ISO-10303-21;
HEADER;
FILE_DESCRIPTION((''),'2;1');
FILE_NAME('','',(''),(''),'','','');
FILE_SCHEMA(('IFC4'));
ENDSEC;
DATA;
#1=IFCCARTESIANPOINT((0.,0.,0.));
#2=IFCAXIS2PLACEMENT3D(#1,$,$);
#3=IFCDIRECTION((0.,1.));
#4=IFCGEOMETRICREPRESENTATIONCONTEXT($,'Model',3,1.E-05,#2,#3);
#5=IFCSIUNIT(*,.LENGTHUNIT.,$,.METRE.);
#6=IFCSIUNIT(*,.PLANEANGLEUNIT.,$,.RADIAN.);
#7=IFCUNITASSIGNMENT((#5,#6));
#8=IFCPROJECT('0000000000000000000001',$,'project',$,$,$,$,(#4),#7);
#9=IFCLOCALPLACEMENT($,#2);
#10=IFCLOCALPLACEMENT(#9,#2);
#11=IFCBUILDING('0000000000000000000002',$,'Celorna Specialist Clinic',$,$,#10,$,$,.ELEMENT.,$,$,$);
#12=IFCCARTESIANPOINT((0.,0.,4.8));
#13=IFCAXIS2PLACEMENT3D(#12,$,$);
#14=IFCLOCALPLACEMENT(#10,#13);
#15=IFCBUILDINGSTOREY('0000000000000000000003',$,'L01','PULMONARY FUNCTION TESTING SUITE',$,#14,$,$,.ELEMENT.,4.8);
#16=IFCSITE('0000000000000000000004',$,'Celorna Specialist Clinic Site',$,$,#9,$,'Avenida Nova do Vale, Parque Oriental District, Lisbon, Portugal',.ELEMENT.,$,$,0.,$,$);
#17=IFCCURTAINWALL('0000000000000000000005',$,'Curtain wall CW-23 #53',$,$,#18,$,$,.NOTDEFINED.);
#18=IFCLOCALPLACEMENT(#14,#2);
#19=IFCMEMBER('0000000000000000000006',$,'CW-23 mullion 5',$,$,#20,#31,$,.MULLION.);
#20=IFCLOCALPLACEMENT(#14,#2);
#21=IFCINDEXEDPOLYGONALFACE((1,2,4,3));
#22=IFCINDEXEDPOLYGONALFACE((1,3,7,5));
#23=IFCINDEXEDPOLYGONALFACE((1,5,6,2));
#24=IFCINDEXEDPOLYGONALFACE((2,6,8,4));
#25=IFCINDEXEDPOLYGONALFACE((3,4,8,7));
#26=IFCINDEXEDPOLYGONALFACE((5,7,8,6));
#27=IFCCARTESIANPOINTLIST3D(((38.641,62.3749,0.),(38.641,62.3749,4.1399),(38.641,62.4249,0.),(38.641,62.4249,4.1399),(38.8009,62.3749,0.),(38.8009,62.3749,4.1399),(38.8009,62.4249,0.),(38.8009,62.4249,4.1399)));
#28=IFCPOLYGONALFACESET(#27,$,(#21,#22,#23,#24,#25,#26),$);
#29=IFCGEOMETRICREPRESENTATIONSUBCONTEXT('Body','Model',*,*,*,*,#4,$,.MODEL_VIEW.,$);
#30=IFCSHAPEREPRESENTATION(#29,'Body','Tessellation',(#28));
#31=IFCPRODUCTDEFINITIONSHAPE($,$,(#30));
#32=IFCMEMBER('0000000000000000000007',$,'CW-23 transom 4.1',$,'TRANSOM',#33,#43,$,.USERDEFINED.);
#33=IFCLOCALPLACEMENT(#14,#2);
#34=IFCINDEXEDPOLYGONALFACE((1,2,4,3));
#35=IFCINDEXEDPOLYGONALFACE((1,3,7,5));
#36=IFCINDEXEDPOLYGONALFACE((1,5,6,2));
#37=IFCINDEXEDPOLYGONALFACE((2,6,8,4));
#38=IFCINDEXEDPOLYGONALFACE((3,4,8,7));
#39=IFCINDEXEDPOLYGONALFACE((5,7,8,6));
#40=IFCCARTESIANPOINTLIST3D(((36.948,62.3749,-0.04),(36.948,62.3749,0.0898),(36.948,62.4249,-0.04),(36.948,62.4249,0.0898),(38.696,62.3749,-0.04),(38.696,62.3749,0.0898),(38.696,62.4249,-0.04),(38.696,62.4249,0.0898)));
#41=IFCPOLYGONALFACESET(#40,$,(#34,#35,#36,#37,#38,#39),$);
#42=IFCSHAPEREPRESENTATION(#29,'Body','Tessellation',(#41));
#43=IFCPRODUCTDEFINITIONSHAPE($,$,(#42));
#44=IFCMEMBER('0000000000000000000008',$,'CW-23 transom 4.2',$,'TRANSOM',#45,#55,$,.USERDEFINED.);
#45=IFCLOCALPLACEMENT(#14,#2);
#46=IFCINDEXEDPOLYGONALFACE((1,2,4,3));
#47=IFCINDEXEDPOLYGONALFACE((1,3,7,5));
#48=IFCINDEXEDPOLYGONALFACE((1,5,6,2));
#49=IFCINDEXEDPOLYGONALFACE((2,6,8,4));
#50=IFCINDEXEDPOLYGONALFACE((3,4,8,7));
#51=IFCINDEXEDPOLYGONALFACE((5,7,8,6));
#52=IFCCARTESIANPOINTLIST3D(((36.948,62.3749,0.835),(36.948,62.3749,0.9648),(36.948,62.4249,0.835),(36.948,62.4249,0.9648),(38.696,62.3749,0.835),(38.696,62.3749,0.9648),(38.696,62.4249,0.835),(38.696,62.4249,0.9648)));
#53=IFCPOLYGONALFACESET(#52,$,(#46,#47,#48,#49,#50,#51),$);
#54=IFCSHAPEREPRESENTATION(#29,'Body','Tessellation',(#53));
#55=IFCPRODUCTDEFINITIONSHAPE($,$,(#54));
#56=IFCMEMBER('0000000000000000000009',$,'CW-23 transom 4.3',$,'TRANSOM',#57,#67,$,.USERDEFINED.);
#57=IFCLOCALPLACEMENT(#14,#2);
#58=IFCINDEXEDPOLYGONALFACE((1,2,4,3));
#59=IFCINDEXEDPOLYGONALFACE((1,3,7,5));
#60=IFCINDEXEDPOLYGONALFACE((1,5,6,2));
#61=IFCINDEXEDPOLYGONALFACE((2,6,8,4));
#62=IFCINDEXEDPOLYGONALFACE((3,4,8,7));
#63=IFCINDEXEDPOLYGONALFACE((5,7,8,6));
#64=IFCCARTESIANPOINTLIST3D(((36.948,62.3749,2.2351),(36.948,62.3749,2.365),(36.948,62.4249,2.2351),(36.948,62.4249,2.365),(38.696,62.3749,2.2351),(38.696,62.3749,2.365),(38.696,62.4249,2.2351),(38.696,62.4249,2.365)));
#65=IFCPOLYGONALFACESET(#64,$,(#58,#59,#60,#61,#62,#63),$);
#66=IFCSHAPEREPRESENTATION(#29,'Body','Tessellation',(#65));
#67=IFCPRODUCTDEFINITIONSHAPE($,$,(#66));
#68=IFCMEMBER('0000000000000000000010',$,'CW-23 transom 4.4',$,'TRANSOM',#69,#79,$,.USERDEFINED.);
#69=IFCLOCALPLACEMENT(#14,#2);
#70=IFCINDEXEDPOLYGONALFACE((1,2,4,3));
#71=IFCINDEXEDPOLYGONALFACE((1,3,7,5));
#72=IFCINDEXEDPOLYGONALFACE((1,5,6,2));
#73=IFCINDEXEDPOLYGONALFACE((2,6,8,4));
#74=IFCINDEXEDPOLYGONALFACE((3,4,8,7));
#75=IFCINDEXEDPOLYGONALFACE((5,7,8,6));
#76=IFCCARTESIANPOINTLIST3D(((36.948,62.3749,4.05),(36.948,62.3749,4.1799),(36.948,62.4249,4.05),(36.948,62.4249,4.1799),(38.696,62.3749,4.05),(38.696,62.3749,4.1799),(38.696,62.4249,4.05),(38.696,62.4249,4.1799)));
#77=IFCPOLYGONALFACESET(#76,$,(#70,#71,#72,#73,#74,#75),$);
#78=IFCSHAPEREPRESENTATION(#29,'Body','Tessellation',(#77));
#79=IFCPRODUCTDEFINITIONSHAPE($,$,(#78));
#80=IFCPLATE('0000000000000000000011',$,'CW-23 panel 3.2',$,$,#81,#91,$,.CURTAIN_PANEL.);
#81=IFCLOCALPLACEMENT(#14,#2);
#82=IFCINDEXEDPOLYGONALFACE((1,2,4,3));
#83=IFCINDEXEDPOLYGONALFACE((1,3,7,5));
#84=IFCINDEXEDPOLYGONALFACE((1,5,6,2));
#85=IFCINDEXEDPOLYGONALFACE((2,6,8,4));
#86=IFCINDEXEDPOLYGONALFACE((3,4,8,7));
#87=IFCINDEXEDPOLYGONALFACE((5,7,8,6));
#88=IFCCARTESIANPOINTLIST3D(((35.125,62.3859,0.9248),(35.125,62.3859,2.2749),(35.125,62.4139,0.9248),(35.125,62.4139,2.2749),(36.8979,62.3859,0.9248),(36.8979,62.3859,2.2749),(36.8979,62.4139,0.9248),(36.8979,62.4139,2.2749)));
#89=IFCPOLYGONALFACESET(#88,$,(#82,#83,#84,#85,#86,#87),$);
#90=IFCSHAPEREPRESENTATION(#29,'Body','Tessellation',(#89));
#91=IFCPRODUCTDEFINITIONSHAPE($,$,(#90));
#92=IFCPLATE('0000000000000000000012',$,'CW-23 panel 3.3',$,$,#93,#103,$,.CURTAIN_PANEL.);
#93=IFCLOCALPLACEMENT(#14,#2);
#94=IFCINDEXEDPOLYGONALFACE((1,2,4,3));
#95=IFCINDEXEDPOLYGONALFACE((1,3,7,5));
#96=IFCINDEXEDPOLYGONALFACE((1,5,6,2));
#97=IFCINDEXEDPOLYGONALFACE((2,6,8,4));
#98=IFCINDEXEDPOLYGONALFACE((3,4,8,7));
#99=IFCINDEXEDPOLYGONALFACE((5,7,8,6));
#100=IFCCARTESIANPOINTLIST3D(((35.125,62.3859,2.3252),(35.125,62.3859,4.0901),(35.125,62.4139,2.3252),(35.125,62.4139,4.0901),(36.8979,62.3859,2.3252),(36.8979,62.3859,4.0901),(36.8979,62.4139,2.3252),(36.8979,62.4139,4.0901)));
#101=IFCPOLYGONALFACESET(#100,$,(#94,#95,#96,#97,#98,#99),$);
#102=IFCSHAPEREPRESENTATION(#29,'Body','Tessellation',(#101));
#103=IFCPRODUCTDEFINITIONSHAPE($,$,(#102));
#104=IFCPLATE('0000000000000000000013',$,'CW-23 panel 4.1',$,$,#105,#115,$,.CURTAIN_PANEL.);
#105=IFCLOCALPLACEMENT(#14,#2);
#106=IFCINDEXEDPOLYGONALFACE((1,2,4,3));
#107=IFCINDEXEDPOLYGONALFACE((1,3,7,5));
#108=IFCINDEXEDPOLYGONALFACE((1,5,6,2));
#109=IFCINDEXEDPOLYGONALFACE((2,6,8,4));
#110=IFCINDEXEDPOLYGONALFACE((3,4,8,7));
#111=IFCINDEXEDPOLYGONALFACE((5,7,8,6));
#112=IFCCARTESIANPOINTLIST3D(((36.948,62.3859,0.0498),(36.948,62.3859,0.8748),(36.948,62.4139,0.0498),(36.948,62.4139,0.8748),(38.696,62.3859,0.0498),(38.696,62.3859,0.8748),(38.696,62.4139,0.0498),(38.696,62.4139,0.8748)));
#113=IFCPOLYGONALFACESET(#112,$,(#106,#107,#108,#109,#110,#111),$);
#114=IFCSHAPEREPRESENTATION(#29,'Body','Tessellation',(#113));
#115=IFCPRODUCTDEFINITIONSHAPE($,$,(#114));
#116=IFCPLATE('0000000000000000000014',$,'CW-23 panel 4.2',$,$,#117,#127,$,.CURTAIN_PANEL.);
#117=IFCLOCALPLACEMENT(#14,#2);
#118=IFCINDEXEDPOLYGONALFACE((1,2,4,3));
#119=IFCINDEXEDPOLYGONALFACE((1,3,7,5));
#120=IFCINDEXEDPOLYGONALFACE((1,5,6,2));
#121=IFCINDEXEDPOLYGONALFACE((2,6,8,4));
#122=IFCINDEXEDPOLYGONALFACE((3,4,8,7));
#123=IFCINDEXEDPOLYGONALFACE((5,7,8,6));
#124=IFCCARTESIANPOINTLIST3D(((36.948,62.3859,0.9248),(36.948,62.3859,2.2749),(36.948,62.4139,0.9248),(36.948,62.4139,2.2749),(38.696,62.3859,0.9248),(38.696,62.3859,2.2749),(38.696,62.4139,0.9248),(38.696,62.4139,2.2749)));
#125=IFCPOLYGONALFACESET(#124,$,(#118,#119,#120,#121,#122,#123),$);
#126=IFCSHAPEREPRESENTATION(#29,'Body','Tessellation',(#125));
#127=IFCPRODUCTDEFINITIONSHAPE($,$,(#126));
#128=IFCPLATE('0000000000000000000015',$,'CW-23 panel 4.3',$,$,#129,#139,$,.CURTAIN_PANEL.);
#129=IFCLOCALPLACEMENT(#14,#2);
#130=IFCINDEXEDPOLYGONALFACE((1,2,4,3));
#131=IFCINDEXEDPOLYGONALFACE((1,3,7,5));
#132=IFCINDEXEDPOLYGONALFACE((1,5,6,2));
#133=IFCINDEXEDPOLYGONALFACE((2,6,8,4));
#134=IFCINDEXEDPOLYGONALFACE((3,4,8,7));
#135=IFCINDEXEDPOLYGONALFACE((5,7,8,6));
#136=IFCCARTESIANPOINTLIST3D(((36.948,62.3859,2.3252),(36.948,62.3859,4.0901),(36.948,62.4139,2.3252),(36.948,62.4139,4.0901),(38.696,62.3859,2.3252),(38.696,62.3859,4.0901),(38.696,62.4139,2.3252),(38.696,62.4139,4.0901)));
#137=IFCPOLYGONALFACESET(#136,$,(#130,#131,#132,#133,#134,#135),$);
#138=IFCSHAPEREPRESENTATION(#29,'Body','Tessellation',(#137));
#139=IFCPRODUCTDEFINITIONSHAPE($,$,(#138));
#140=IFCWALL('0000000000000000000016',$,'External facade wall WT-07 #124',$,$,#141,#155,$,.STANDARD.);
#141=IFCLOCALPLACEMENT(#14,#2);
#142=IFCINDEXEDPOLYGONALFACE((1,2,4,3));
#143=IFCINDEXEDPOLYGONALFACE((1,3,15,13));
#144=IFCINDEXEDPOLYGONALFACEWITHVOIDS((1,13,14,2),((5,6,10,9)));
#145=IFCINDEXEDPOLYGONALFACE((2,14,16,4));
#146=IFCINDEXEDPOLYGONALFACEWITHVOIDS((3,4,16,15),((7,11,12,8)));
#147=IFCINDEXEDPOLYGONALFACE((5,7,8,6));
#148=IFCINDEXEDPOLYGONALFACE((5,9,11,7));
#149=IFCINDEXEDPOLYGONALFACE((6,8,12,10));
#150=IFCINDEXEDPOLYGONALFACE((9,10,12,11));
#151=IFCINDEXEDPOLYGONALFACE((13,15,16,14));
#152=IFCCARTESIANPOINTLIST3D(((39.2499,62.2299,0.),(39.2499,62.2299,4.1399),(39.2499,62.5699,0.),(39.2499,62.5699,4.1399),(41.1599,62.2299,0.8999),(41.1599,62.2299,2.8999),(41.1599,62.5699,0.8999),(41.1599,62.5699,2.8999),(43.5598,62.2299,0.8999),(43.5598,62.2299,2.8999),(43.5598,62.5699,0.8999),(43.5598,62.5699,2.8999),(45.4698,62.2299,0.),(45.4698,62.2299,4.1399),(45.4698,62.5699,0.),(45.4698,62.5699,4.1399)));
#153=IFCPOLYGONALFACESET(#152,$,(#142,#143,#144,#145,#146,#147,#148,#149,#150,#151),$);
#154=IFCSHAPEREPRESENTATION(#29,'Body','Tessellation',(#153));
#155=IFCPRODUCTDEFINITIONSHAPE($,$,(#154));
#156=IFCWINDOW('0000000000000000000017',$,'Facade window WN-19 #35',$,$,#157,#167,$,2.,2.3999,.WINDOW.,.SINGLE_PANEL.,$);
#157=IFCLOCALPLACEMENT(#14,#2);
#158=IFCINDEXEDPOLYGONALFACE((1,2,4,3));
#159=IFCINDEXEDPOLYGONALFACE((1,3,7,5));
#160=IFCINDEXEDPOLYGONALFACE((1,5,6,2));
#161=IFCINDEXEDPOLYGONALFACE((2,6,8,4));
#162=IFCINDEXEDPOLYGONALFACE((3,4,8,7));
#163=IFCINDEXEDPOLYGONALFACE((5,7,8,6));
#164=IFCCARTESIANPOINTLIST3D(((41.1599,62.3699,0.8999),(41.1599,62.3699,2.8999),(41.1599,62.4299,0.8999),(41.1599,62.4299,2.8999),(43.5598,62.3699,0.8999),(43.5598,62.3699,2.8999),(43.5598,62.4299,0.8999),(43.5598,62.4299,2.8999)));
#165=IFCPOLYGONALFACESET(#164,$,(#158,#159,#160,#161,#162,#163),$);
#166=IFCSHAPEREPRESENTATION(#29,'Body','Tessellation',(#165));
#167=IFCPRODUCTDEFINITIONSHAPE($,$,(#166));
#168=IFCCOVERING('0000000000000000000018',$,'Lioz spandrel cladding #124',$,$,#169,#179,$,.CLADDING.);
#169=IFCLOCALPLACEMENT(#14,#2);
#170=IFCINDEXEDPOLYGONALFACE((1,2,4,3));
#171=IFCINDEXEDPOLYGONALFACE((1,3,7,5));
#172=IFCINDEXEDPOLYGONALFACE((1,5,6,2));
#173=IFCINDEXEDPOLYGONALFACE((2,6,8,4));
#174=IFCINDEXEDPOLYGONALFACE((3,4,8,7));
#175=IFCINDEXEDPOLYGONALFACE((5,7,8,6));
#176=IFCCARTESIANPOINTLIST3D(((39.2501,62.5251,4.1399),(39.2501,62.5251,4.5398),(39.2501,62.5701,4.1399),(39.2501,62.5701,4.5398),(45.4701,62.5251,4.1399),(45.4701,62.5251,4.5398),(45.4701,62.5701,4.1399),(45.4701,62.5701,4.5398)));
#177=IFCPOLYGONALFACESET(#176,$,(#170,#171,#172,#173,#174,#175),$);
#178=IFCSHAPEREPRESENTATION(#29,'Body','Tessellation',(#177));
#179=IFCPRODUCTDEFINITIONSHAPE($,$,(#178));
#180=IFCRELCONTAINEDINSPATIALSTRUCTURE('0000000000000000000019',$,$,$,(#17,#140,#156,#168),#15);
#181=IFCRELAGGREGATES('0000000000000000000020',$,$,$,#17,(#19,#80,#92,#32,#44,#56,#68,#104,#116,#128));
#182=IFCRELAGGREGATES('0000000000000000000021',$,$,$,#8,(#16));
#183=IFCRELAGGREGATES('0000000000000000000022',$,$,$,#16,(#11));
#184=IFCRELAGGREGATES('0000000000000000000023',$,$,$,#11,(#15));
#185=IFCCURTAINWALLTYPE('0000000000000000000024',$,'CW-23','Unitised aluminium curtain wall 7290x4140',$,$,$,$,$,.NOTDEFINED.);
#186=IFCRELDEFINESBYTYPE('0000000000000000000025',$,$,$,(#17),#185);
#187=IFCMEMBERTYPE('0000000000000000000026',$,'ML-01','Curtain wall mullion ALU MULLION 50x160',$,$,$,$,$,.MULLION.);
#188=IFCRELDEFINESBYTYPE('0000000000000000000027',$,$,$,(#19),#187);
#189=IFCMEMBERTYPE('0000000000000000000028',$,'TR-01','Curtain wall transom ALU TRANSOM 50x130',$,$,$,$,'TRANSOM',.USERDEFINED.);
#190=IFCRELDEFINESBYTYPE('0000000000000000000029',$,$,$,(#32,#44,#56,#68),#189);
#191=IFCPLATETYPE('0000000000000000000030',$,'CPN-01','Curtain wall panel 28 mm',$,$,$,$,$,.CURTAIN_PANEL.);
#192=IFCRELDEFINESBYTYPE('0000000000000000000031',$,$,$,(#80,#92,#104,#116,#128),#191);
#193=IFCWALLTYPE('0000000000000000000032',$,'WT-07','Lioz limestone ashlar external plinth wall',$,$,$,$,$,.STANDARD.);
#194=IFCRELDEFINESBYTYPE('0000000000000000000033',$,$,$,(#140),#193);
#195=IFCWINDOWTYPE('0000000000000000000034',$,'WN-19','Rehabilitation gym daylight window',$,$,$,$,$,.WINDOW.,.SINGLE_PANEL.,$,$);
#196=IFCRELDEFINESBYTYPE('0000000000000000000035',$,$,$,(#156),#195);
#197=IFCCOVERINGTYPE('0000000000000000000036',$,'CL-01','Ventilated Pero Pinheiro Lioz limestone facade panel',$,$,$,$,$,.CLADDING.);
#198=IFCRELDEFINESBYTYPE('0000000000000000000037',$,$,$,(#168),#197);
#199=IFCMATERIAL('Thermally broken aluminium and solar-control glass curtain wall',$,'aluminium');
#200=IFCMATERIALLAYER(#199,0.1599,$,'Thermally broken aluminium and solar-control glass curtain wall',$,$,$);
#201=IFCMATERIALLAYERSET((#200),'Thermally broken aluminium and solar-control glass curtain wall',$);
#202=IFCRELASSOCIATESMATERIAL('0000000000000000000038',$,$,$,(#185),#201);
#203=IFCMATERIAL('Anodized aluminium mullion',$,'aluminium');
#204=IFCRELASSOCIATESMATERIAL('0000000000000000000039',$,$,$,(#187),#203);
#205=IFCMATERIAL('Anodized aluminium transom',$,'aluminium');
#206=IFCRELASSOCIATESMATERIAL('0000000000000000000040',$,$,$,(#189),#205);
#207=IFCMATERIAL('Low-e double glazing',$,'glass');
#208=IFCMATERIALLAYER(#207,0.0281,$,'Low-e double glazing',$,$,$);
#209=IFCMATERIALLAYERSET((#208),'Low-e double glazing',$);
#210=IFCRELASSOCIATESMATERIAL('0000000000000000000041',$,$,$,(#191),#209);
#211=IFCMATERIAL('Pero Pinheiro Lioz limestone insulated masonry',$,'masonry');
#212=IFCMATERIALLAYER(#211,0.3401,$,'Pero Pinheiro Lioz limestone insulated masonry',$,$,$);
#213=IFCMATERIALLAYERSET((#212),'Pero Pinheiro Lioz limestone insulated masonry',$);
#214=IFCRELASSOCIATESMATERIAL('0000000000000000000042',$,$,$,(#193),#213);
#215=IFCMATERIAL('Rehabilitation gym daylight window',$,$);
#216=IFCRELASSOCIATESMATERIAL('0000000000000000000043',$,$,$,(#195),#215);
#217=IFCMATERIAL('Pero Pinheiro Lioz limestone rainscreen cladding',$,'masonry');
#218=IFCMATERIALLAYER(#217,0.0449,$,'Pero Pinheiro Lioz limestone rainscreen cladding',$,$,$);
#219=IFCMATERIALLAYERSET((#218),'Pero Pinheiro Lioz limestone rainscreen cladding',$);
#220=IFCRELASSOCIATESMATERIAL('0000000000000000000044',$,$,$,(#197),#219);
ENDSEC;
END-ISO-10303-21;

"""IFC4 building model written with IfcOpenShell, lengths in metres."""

from ifc_helpers import new_model, si_unit, direction, frame, frame_2d, origin, origin_2d, place, context, subcontext, project, spatial, rectangle, extrude, material, layer, layer_set, material_profile, profile_set, type_object, element, fill, aggregate, save


model = new_model("IFC4")

# Units and contexts
model_context = context("Model", 3, precision=1e-05, world=origin(), true_north=direction((0.0, 1.0)))
body_context = subcontext(model_context, "Body", "Model", "MODEL_VIEW")
ifc_project = project(units=[si_unit("LENGTHUNIT", "METRE"), si_unit("PLANEANGLEUNIT", "RADIAN")], contexts=[model_context])

# Site, building, storey
site_placement = place(None, origin())
site = spatial("IfcSite", under=ifc_project, at=site_placement, Name="Celorna Specialist Clinic Site", LongName="Avenida Nova do Vale, Parque Oriental District, Lisbon, Portugal", CompositionType="ELEMENT", RefElevation=0.0)
building_placement = place(site_placement, origin())
building = spatial("IfcBuilding", under=site, at=building_placement, Name="Celorna Specialist Clinic", CompositionType="ELEMENT")
storey_placement = place(building_placement, frame((0.0, 0.0, 4.8)))
storey = spatial("IfcBuildingStorey", under=building, at=storey_placement, Name="L01", Description="PULMONARY FUNCTION TESTING SUITE", CompositionType="ELEMENT", Elevation=4.8)

# Curtain wall, members, plates
ifc_material_1 = material(Name="Thermally broken aluminium and solar-control glass curtain wall", Category="aluminium")
ifc_layer_1 = layer(ifc_material_1, 0.1599, Name="Thermally broken aluminium and solar-control glass curtain wall")
ifc_layer_set_1 = layer_set([ifc_layer_1], Name="Thermally broken aluminium and solar-control glass curtain wall")
curtain_wall_type = type_object("IfcCurtainWallType", Name="CW-23", Description="Unitised aluminium curtain wall 7290x4140", PredefinedType="NOTDEFINED", material=ifc_layer_set_1)
curtain_wall_placement = place(storey_placement, origin())
curtain_wall = element("IfcCurtainWall", 1, at=curtain_wall_placement, inside=storey, type_object=curtain_wall_type, Name="Curtain wall CW-23 #53", PredefinedType="NOTDEFINED")
ifc_material_2 = material(Name="Anodized aluminium mullion", Category="aluminium")
ifc_material_profile_1 = material_profile(ifc_material_2, rectangle(XDim=0.05, YDim=0.1599, at=origin_2d()), Name="ALU MULLION 50x160")
ifc_profile_set_1 = profile_set([ifc_material_profile_1], Name="Anodized aluminium mullion")
member_type_1 = type_object("IfcMemberType", Name="ML-01", Description="Curtain wall mullion ALU MULLION 50x160", PredefinedType="MULLION", material=ifc_profile_set_1)
member_1_placement = place(storey_placement, frame((38.7209, 62.3999, 0.0), z_axis=(0.0, 0.0, 1.0), x_axis=(0.0, 1.0, 0.0)))
member_1 = element("IfcMember", 2, at=member_1_placement, type_object=member_type_1, Name="CW-23 mullion 5", PredefinedType="MULLION", context=body_context, shape_type="SweptSolid", body=[
    extrude(rectangle(XDim=0.05, YDim=0.1599, at=origin_2d()), origin(), (0.0, 0.0, 1.0), 4.1399),
])
ifc_material_3 = material(Name="Anodized aluminium transom", Category="aluminium")
ifc_material_profile_2 = material_profile(ifc_material_3, rectangle(XDim=0.05, YDim=0.1299, at=origin_2d()), Name="ALU TRANSOM 50x130")
ifc_profile_set_2 = profile_set([ifc_material_profile_2], Name="Anodized aluminium transom")
member_type_2 = type_object("IfcMemberType", Name="TR-01", Description="Curtain wall transom ALU TRANSOM 50x130", ElementType="TRANSOM", PredefinedType="USERDEFINED", material=ifc_profile_set_2)
member_2_placement = place(storey_placement, frame((36.948, 62.3999, 0.0249), z_axis=(1.0, 0.0, 0.0), x_axis=(0.0, 1.0, 0.0)))
member_2 = element("IfcMember", 3, at=member_2_placement, type_object=member_type_2, Name="CW-23 transom 4.1", ObjectType="TRANSOM", PredefinedType="USERDEFINED", context=body_context, shape_type="SweptSolid", body=[
    extrude(rectangle(XDim=0.05, YDim=0.1299, at=origin_2d()), origin(), (0.0, 0.0, 1.0), 1.748),
])
member_3_placement = place(storey_placement, frame((36.948, 62.3999, 0.8999), z_axis=(1.0, 0.0, 0.0), x_axis=(0.0, 1.0, 0.0)))
member_3 = element("IfcMember", 4, at=member_3_placement, type_object=member_type_2, Name="CW-23 transom 4.2", ObjectType="TRANSOM", PredefinedType="USERDEFINED", context=body_context, shape_type="SweptSolid", body=[
    extrude(rectangle(XDim=0.05, YDim=0.1299, at=origin_2d()), origin(), (0.0, 0.0, 1.0), 1.748),
])
member_4_placement = place(storey_placement, frame((36.948, 62.3999, 2.3), z_axis=(1.0, 0.0, 0.0), x_axis=(0.0, 1.0, 0.0)))
member_4 = element("IfcMember", 5, at=member_4_placement, type_object=member_type_2, Name="CW-23 transom 4.3", ObjectType="TRANSOM", PredefinedType="USERDEFINED", context=body_context, shape_type="SweptSolid", body=[
    extrude(rectangle(XDim=0.05, YDim=0.1299, at=origin_2d()), origin(), (0.0, 0.0, 1.0), 1.748),
])
member_5_placement = place(storey_placement, frame((36.948, 62.3999, 4.115), z_axis=(1.0, 0.0, 0.0), x_axis=(0.0, 1.0, 0.0)))
member_5 = element("IfcMember", 6, at=member_5_placement, type_object=member_type_2, Name="CW-23 transom 4.4", ObjectType="TRANSOM", PredefinedType="USERDEFINED", context=body_context, shape_type="SweptSolid", body=[
    extrude(rectangle(XDim=0.05, YDim=0.1299, at=origin_2d()), origin(), (0.0, 0.0, 1.0), 1.748),
])
ifc_material_4 = material(Name="Low-e double glazing", Category="glass")
ifc_layer_2 = layer(ifc_material_4, 0.0281, Name="Low-e double glazing")
ifc_layer_set_2 = layer_set([ifc_layer_2], Name="Low-e double glazing")
plate_type = type_object("IfcPlateType", Name="CPN-01", Description="Curtain wall panel 28 mm", PredefinedType="CURTAIN_PANEL", material=ifc_layer_set_2)
plate_1_placement = place(storey_placement, frame((36.0115, 62.3999, 0.9248), z_axis=(0.0, 0.0, 1.0), x_axis=(1.0, 0.0, 0.0)))
plate_1 = element("IfcPlate", 7, at=plate_1_placement, type_object=plate_type, Name="CW-23 panel 3.2", PredefinedType="CURTAIN_PANEL", context=body_context, shape_type="SweptSolid", body=[
    extrude(rectangle(XDim=1.7729, YDim=0.0281, at=origin_2d()), origin(), (0.0, 0.0, 1.0), 1.3501),
])
plate_2_placement = place(storey_placement, frame((36.0115, 62.3999, 2.3252), z_axis=(0.0, 0.0, 1.0), x_axis=(1.0, 0.0, 0.0)))
plate_2 = element("IfcPlate", 8, at=plate_2_placement, type_object=plate_type, Name="CW-23 panel 3.3", PredefinedType="CURTAIN_PANEL", context=body_context, shape_type="SweptSolid", body=[
    extrude(rectangle(XDim=1.7729, YDim=0.0281, at=origin_2d()), origin(), (0.0, 0.0, 1.0), 1.7649),
])
plate_3_placement = place(storey_placement, frame((37.822, 62.3999, 0.0498), z_axis=(0.0, 0.0, 1.0), x_axis=(1.0, 0.0, 0.0)))
plate_3 = element("IfcPlate", 9, at=plate_3_placement, type_object=plate_type, Name="CW-23 panel 4.1", PredefinedType="CURTAIN_PANEL", context=body_context, shape_type="SweptSolid", body=[
    extrude(rectangle(XDim=1.748, YDim=0.0281, at=origin_2d()), origin(), (0.0, 0.0, 1.0), 0.825),
])
plate_4_placement = place(storey_placement, frame((37.822, 62.3999, 0.9248), z_axis=(0.0, 0.0, 1.0), x_axis=(1.0, 0.0, 0.0)))
plate_4 = element("IfcPlate", 10, at=plate_4_placement, type_object=plate_type, Name="CW-23 panel 4.2", PredefinedType="CURTAIN_PANEL", context=body_context, shape_type="SweptSolid", body=[
    extrude(rectangle(XDim=1.748, YDim=0.0281, at=origin_2d()), origin(), (0.0, 0.0, 1.0), 1.3501),
])
plate_5_placement = place(storey_placement, frame((37.822, 62.3999, 2.3252), z_axis=(0.0, 0.0, 1.0), x_axis=(1.0, 0.0, 0.0)))
plate_5 = element("IfcPlate", 11, at=plate_5_placement, type_object=plate_type, Name="CW-23 panel 4.3", PredefinedType="CURTAIN_PANEL", context=body_context, shape_type="SweptSolid", body=[
    extrude(rectangle(XDim=1.748, YDim=0.0281, at=origin_2d()), origin(), (0.0, 0.0, 1.0), 1.7649),
])
aggregate(curtain_wall, [member_1, plate_1, plate_2, member_2, member_3, member_4, member_5, plate_3, plate_4, plate_5])

# Wall, opening, window
ifc_material_5 = material(Name="Pero Pinheiro Lioz limestone insulated masonry", Category="masonry")
ifc_layer_3 = layer(ifc_material_5, 0.3401, Name="Pero Pinheiro Lioz limestone insulated masonry")
ifc_layer_set_3 = layer_set([ifc_layer_3], Name="Pero Pinheiro Lioz limestone insulated masonry")
wall_type = type_object("IfcWallType", Name="WT-07", Description="Lioz limestone ashlar external plinth wall", PredefinedType="STANDARD", material=ifc_layer_set_3)
wall_placement = place(storey_placement, frame((39.25, 62.3999, 0.0), z_axis=(0.0, 0.0, 1.0), x_axis=(1.0, 0.0, 0.0)))
wall = element("IfcWall", 12, at=wall_placement, inside=storey, type_object=wall_type, Name="External facade wall WT-07 #124", PredefinedType="STANDARD", context=body_context, shape_type="SweptSolid", body=[
    extrude(rectangle(XDim=6.22, YDim=0.3401, at=frame_2d((3.1099, 0.0))), origin(), (0.0, 0.0, 1.0), 4.1399),
])
opening_placement = place(wall_placement, frame((1.9099, 0.0, 0.8999)))
opening = element("IfcOpeningElement", 13, at=opening_placement, cuts=wall, PredefinedType="OPENING", context=body_context, shape_type="SweptSolid", body=[
    extrude(rectangle(XDim=2.3999, YDim=2.0, at=frame_2d((1.2, 1.0))), frame((0.0, 0.1799, 0.0), z_axis=(0.0, -1.0, 0.0), x_axis=(1.0, 0.0, 0.0)), (0.0, 0.0, 1.0), 0.3601),
])
ifc_material_6 = material(Name="Rehabilitation gym daylight window")
window_type = type_object("IfcWindowType", Name="WN-19", Description="Rehabilitation gym daylight window", PartitioningType="SINGLE_PANEL", PredefinedType="WINDOW", material=ifc_material_6)
window_placement = place(opening_placement, origin())
window = element("IfcWindow", 14, at=window_placement, inside=storey, type_object=window_type, Name="Facade window WN-19 #35", OverallHeight=2.0, OverallWidth=2.3999, PartitioningType="SINGLE_PANEL", PredefinedType="WINDOW", context=body_context, shape_type="SweptSolid", body=[
    extrude(rectangle(XDim=2.3999, YDim=2.0, at=frame_2d((1.2, 1.0))), frame((0.0, 0.03, 0.0), z_axis=(0.0, -1.0, 0.0), x_axis=(1.0, 0.0, 0.0)), (0.0, 0.0, 1.0), 0.0601),
])
fill(opening, window)

# Covering
ifc_material_7 = material(Name="Pero Pinheiro Lioz limestone rainscreen cladding", Category="masonry")
ifc_layer_4 = layer(ifc_material_7, 0.0449, Name="Pero Pinheiro Lioz limestone rainscreen cladding")
ifc_layer_set_4 = layer_set([ifc_layer_4], Name="Pero Pinheiro Lioz limestone rainscreen cladding")
covering_type_1 = type_object("IfcCoveringType", Name="CL-01", Description="Ventilated Pero Pinheiro Lioz limestone facade panel", PredefinedType="CLADDING", material=ifc_layer_set_4)
covering_1_placement = place(storey_placement, frame((42.3601, 62.5476, 4.1399), z_axis=(0.0, 0.0, 1.0), x_axis=(1.0, 0.0, 0.0)))
element("IfcCovering", 15, at=covering_1_placement, inside=storey, type_object=covering_type_1, Name="Lioz spandrel cladding #124", PredefinedType="CLADDING", context=body_context, shape_type="SweptSolid", body=[
    extrude(rectangle(XDim=6.22, YDim=0.0449, at=origin_2d()), origin(), (0.0, 0.0, 1.0), 0.3999),
])

save(model, "model.ifc")
